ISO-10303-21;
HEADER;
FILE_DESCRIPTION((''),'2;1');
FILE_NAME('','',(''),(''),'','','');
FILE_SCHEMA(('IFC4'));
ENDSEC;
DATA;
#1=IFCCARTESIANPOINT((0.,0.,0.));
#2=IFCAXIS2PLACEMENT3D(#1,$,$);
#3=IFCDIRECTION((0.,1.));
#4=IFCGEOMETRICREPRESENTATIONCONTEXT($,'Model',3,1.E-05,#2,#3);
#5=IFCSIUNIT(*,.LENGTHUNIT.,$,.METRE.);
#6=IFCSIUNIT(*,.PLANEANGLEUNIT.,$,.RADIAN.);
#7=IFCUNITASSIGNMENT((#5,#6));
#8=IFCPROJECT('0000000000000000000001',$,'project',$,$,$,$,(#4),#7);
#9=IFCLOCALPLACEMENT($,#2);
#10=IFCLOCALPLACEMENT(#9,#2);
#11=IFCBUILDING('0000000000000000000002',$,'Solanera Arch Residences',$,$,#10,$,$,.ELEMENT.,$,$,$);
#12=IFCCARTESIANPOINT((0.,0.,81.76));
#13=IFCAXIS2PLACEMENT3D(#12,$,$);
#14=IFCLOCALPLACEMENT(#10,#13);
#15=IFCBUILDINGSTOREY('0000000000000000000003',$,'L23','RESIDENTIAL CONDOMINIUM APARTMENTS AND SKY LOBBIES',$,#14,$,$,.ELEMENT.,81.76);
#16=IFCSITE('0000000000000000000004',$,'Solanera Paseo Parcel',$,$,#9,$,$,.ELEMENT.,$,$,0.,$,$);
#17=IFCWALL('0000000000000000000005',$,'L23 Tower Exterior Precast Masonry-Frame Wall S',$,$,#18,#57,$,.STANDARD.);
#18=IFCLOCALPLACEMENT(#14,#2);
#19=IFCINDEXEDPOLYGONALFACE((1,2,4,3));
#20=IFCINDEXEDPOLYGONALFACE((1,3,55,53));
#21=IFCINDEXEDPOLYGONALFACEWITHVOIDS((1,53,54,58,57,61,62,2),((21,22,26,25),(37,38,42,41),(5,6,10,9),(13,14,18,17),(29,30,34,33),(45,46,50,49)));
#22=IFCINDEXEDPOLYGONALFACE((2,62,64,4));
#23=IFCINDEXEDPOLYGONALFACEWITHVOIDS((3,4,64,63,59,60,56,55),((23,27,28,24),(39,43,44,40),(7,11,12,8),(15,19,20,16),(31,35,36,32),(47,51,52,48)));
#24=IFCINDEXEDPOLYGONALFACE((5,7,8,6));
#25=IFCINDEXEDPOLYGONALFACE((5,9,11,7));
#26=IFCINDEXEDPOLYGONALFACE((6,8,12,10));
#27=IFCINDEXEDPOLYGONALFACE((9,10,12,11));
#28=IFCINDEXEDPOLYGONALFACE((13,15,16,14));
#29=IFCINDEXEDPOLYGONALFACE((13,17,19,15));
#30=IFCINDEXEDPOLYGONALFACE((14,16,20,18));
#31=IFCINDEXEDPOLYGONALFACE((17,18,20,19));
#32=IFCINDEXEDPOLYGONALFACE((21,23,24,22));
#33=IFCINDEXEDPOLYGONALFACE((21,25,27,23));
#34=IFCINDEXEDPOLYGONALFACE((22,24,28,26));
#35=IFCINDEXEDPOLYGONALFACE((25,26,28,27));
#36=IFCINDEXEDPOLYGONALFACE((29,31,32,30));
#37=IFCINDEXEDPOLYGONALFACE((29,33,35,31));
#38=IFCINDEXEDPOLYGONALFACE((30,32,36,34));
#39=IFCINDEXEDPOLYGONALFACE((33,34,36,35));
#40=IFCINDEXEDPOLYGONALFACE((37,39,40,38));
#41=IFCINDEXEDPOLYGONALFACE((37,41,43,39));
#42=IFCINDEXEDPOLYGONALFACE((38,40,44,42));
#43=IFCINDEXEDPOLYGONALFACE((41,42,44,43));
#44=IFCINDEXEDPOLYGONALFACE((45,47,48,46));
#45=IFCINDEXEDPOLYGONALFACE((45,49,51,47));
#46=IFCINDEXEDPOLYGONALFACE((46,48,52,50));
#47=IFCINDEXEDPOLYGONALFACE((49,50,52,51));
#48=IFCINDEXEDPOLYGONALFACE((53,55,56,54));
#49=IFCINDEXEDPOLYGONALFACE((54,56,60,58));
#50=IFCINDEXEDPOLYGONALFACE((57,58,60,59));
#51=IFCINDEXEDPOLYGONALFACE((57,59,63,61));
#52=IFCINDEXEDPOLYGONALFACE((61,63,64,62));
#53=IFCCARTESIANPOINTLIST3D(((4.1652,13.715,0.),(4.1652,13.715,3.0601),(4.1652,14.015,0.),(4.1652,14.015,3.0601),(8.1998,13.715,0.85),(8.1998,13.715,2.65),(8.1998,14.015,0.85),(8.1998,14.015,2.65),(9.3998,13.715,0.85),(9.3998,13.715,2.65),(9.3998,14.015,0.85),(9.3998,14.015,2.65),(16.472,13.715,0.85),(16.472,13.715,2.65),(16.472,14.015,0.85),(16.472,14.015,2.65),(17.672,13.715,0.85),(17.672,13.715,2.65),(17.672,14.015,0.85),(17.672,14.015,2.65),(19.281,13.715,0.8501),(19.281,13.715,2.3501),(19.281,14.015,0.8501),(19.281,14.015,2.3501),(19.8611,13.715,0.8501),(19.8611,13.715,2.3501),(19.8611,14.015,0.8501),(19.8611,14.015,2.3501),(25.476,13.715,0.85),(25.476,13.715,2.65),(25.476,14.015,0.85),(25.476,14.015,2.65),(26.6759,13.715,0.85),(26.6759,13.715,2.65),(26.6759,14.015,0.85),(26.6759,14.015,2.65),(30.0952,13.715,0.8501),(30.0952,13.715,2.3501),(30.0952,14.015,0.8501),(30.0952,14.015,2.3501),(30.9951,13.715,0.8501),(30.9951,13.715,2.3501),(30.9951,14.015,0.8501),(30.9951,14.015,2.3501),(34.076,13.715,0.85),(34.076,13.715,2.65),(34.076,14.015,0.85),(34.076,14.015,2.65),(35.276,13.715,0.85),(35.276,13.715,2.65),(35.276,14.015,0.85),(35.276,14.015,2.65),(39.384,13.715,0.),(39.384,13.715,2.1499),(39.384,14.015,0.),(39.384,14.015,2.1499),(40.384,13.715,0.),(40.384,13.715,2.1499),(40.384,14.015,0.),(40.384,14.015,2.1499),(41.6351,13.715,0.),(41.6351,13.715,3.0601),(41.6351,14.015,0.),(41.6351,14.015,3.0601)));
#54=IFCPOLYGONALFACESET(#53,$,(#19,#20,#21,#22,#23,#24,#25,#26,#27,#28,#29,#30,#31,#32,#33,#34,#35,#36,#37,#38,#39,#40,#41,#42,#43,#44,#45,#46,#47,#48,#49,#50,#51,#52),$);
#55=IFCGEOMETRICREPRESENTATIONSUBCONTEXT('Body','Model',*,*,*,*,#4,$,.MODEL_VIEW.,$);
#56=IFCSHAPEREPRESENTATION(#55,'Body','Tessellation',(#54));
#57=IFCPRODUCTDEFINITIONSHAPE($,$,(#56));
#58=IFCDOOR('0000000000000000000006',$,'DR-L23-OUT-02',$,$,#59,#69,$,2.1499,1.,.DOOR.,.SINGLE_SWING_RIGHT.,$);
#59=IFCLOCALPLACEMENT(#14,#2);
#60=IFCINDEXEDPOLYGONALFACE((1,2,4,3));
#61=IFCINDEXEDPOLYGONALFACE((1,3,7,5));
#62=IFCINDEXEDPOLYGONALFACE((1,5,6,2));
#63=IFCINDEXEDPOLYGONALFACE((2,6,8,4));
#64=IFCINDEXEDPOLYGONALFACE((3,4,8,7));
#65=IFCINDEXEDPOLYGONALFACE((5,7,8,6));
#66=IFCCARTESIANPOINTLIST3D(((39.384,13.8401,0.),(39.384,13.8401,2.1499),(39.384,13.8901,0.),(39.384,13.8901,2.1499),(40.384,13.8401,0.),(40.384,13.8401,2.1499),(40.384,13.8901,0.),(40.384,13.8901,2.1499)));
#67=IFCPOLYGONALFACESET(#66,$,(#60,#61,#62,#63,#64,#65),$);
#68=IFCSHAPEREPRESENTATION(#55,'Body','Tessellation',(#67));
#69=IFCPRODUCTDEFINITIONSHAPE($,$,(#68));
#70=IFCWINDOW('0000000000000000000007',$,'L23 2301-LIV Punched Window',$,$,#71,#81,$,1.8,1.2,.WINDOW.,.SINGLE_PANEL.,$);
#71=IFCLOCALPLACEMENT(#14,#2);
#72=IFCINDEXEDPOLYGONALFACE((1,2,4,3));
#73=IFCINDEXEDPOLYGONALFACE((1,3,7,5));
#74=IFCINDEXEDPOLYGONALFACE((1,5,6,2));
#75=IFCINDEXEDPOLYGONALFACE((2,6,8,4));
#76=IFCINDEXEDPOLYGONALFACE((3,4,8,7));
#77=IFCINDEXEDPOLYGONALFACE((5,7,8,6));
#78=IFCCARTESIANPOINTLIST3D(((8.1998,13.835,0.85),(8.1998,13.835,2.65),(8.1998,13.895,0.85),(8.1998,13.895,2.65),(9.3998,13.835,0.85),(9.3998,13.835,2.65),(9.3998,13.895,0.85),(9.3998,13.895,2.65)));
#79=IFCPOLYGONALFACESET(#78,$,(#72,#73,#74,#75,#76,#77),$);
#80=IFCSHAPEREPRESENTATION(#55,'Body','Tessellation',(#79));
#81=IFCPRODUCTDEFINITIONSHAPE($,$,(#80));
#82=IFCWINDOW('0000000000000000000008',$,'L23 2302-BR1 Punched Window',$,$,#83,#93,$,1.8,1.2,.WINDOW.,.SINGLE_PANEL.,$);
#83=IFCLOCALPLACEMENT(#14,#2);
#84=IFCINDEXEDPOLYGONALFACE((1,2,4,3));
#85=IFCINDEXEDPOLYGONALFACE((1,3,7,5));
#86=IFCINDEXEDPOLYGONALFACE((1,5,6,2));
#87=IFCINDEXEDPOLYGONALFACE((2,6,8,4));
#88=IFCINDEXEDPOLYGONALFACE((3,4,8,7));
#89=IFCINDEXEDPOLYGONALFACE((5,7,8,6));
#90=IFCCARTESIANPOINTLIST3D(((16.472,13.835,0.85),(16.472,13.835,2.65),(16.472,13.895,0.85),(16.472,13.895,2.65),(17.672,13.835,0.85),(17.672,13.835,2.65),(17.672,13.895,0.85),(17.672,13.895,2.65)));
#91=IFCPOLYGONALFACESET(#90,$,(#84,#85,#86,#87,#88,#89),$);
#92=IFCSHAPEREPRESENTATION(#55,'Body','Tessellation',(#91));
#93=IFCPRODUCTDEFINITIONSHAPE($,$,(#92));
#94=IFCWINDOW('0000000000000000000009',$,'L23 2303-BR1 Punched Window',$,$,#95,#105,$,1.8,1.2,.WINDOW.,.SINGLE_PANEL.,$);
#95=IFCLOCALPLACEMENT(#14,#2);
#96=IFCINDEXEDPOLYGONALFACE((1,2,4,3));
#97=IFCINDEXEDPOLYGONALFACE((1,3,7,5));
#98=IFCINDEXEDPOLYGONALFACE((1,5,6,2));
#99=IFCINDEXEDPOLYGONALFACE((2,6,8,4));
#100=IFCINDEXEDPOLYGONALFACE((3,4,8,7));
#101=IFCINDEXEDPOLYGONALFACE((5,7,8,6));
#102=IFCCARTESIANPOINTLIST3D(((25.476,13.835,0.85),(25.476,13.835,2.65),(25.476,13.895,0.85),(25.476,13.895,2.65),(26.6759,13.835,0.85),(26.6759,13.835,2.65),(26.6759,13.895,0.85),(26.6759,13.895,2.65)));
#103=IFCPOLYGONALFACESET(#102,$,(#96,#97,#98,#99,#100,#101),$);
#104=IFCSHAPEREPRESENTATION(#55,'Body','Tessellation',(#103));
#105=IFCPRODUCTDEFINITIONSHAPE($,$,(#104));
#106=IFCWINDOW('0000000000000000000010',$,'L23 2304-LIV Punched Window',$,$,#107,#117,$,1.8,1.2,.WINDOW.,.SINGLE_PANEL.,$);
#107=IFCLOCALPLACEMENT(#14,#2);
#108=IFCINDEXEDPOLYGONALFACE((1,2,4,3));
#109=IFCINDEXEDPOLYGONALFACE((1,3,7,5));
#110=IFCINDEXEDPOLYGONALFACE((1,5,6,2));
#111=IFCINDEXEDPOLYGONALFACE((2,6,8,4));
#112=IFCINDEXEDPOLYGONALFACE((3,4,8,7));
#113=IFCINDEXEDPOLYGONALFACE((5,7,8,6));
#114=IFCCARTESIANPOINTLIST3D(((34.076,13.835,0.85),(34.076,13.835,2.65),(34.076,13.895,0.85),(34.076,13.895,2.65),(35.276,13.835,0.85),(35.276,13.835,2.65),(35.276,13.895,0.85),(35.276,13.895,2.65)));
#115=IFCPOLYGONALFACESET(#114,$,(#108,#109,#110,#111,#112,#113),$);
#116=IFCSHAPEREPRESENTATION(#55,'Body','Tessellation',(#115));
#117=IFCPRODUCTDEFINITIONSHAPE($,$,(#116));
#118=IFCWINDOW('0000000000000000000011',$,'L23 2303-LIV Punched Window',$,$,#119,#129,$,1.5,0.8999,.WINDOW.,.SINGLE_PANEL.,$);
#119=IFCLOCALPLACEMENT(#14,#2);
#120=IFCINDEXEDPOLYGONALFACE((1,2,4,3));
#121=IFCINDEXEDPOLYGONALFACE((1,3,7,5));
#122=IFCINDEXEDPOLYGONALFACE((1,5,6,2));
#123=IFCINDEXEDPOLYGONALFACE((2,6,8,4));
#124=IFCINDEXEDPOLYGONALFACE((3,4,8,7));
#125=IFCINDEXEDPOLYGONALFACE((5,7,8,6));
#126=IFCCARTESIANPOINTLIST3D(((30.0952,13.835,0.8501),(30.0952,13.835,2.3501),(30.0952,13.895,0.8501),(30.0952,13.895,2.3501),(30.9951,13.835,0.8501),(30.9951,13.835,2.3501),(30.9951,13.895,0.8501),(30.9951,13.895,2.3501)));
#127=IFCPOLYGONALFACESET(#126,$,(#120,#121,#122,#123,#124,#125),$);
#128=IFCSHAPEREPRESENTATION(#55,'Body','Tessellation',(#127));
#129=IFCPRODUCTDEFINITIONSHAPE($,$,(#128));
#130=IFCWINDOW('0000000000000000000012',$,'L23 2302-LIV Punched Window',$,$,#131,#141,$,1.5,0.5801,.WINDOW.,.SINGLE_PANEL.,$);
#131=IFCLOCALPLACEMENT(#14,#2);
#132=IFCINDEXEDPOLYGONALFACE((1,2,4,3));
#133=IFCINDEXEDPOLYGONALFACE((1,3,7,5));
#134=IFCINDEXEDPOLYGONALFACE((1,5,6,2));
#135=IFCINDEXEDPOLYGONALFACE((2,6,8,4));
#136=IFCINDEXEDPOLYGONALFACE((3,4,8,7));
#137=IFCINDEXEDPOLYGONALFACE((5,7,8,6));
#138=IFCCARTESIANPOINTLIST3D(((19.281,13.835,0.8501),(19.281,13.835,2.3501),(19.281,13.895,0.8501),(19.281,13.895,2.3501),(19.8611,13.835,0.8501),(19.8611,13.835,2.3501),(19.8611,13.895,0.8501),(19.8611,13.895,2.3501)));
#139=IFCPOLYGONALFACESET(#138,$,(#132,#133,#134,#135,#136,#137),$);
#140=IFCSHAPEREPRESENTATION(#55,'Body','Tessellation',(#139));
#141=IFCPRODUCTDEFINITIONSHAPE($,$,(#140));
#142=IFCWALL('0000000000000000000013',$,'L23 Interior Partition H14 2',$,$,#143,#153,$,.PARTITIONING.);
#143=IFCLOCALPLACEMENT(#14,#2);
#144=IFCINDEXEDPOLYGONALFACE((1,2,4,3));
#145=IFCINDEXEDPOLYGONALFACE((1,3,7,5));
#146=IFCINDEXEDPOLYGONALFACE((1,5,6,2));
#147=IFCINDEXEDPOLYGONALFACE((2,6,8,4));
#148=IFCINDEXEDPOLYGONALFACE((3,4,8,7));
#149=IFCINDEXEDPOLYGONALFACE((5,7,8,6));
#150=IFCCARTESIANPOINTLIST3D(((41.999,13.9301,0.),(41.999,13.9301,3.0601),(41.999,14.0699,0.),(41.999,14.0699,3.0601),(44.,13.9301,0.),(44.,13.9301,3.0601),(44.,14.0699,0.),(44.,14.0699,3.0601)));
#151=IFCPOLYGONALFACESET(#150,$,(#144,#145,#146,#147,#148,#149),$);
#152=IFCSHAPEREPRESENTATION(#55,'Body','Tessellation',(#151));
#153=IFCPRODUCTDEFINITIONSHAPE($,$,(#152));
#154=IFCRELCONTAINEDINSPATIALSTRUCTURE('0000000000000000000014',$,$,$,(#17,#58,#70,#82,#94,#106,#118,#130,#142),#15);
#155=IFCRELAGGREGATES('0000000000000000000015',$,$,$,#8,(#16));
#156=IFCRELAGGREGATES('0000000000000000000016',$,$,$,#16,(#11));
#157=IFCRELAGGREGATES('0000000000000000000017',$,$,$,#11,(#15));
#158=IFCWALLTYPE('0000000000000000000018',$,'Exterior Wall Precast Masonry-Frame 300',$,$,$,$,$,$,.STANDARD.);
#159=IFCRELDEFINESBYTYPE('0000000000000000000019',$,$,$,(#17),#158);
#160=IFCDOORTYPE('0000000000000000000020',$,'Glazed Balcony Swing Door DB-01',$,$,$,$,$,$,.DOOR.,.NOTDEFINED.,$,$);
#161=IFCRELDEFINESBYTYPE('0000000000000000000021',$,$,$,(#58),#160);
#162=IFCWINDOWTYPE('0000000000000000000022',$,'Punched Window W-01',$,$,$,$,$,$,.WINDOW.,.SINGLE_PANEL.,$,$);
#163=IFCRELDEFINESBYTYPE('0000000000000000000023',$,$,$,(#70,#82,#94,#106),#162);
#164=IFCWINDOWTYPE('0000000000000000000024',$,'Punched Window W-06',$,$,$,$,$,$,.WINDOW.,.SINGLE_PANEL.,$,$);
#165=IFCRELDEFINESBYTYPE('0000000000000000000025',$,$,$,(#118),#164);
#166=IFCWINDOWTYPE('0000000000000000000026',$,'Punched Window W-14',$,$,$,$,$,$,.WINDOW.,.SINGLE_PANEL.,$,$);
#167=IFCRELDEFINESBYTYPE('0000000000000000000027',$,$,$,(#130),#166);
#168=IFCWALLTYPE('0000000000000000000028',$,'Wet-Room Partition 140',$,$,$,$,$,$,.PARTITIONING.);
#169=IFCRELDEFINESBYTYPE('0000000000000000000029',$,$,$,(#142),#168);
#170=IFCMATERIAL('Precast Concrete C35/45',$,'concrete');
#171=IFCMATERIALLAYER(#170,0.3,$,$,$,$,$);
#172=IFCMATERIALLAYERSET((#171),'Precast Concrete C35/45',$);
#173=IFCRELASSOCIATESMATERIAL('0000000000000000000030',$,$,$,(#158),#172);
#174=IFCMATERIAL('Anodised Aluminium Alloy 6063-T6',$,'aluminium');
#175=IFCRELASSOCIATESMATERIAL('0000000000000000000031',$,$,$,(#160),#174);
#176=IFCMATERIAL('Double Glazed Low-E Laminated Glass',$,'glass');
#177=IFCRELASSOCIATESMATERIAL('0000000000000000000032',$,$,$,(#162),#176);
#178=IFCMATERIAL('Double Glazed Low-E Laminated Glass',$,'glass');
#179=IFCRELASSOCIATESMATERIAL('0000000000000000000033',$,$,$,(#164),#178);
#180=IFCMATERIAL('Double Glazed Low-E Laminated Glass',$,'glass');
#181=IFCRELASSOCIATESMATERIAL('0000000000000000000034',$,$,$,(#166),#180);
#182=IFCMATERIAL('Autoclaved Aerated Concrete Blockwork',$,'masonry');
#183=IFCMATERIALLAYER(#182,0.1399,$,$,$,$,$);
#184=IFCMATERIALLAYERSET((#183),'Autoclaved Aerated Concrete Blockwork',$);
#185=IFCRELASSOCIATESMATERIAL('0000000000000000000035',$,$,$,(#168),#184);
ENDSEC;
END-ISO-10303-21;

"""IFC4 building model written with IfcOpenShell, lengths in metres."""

from ifc_helpers import new_model, si_unit, direction, frame, frame_2d, origin, place, context, subcontext, project, spatial, rectangle, extrude, material, layer, layer_set, type_object, element, fill, save


model = new_model("IFC4")

# Units and contexts
model_context = context("Model", 3, precision=1e-05, world=origin(), true_north=direction((0.0, 1.0)))
body_context = subcontext(model_context, "Body", "Model", "MODEL_VIEW")
ifc_project = project(units=[si_unit("LENGTHUNIT", "METRE"), si_unit("PLANEANGLEUNIT", "RADIAN")], contexts=[model_context])

# Site, building, storey
site_placement = place(None, origin())
site = spatial("IfcSite", under=ifc_project, at=site_placement, Name="Solanera Paseo Parcel", CompositionType="ELEMENT", RefElevation=0.0)
building_placement = place(site_placement, origin())
building = spatial("IfcBuilding", under=site, at=building_placement, Name="Solanera Arch Residences", CompositionType="ELEMENT")
storey_placement = place(building_placement, frame((0.0, 0.0, 81.76)))
storey = spatial("IfcBuildingStorey", under=building, at=storey_placement, Name="L23", Description="RESIDENTIAL CONDOMINIUM APARTMENTS AND SKY LOBBIES", CompositionType="ELEMENT", Elevation=81.76)

# Shared definitions
ifc_material_1 = material(Name="Precast Concrete C35/45", Category="concrete")
ifc_layer_1 = layer(ifc_material_1, 0.3)
ifc_layer_set_1 = layer_set([ifc_layer_1], Name="Precast Concrete C35/45")
wall_type_1 = type_object("IfcWallType", Name="Exterior Wall Precast Masonry-Frame 300", PredefinedType="STANDARD", material=ifc_layer_set_1)

# Wall, openings, door, windows
wall_1_placement = place(storey_placement, frame((41.635, 13.865, 0.0), z_axis=(0.0, 0.0, 1.0), x_axis=(-1.0, 0.0, 0.0)))
wall_1 = element("IfcWall", 1, at=wall_1_placement, inside=storey, type_object=wall_type_1, Name="L23 Tower Exterior Precast Masonry-Frame Wall S", PredefinedType="STANDARD", context=body_context, shape_type="SweptSolid", body=[
    extrude(rectangle(XDim=37.47, YDim=0.3, at=frame_2d((18.7349, 0.0))), origin(), (0.0, 0.0, 1.0), 3.0601),
])
opening_1_placement = place(wall_1_placement, frame((1.251, 0.0, 0.0)))
opening_1 = element("IfcOpeningElement", 2, at=opening_1_placement, cuts=wall_1, PredefinedType="OPENING", context=body_context, shape_type="SweptSolid", body=[
    extrude(rectangle(XDim=1.0, YDim=2.1499, at=frame_2d((0.5, 1.075))), frame((0.0, 0.1599, 0.0), z_axis=(0.0, -1.0, 0.0), x_axis=(1.0, 0.0, 0.0)), (0.0, 0.0, 1.0), 0.32),
])
opening_2_placement = place(wall_1_placement, frame((32.2351, 0.0, 0.8501)))
opening_2 = element("IfcOpeningElement", 3, at=opening_2_placement, cuts=wall_1, PredefinedType="OPENING", context=body_context, shape_type="SweptSolid", body=[
    extrude(rectangle(XDim=1.2, YDim=1.8, at=frame_2d((0.6001, 0.8999))), frame((0.0, 0.1599, 0.0), z_axis=(0.0, -1.0, 0.0), x_axis=(1.0, 0.0, 0.0)), (0.0, 0.0, 1.0), 0.32),
])
opening_3_placement = place(wall_1_placement, frame((21.7739, 0.0, 0.8501)))
opening_3 = element("IfcOpeningElement", 4, at=opening_3_placement, cuts=wall_1, PredefinedType="OPENING", context=body_context, shape_type="SweptSolid", body=[
    extrude(rectangle(XDim=0.5801, YDim=1.5, at=frame_2d((0.29, 0.75))), frame((0.0, 0.1599, 0.0), z_axis=(0.0, -1.0, 0.0), x_axis=(1.0, 0.0, 0.0)), (0.0, 0.0, 1.0), 0.32),
])
opening_4_placement = place(wall_1_placement, frame((23.9629, 0.0, 0.8501)))
opening_4 = element("IfcOpeningElement", 5, at=opening_4_placement, cuts=wall_1, PredefinedType="OPENING", context=body_context, shape_type="SweptSolid", body=[
    extrude(rectangle(XDim=1.2, YDim=1.8, at=frame_2d((0.6001, 0.8999))), frame((0.0, 0.1599, 0.0), z_axis=(0.0, -1.0, 0.0), x_axis=(1.0, 0.0, 0.0)), (0.0, 0.0, 1.0), 0.32),
])
opening_5_placement = place(wall_1_placement, frame((10.6399, 0.0, 0.8501)))
opening_5 = element("IfcOpeningElement", 6, at=opening_5_placement, cuts=wall_1, PredefinedType="OPENING", context=body_context, shape_type="SweptSolid", body=[
    extrude(rectangle(XDim=0.8999, YDim=1.5, at=frame_2d((0.45, 0.75))), frame((0.0, 0.1599, 0.0), z_axis=(0.0, -1.0, 0.0), x_axis=(1.0, 0.0, 0.0)), (0.0, 0.0, 1.0), 0.32),
])
opening_6_placement = place(wall_1_placement, frame((14.959, 0.0, 0.8501)))
opening_6 = element("IfcOpeningElement", 7, at=opening_6_placement, cuts=wall_1, PredefinedType="OPENING", context=body_context, shape_type="SweptSolid", body=[
    extrude(rectangle(XDim=1.2, YDim=1.8, at=frame_2d((0.6001, 0.8999))), frame((0.0, 0.1599, 0.0), z_axis=(0.0, -1.0, 0.0), x_axis=(1.0, 0.0, 0.0)), (0.0, 0.0, 1.0), 0.32),
])
opening_7_placement = place(wall_1_placement, frame((6.3589, 0.0, 0.8501)))
opening_7 = element("IfcOpeningElement", 8, at=opening_7_placement, cuts=wall_1, PredefinedType="OPENING", context=body_context, shape_type="SweptSolid", body=[
    extrude(rectangle(XDim=1.2, YDim=1.8, at=frame_2d((0.6001, 0.8999))), frame((0.0, 0.1599, 0.0), z_axis=(0.0, -1.0, 0.0), x_axis=(1.0, 0.0, 0.0)), (0.0, 0.0, 1.0), 0.32),
])
ifc_material_2 = material(Name="Anodised Aluminium Alloy 6063-T6", Category="aluminium")
door_type_1 = type_object("IfcDoorType", Name="Glazed Balcony Swing Door DB-01", OperationType="NOTDEFINED", PredefinedType="DOOR", material=ifc_material_2)
door_1_placement = place(opening_1_placement, origin())
door_1 = element("IfcDoor", 9, at=door_1_placement, inside=storey, type_object=door_type_1, Name="DR-L23-OUT-02", OperationType="SINGLE_SWING_RIGHT", OverallHeight=2.1499, OverallWidth=1.0, PredefinedType="DOOR", context=body_context, shape_type="SweptSolid", body=[
    extrude(rectangle(XDim=1.0, YDim=2.1499, at=frame_2d((0.5, 1.075))), frame((0.0, 0.0249, 0.0), z_axis=(0.0, -1.0, 0.0), x_axis=(1.0, 0.0, 0.0)), (0.0, 0.0, 1.0), 0.05),
])
fill(opening_1, door_1)
ifc_material_3 = material(Name="Double Glazed Low-E Laminated Glass", Category="glass")
window_type_1 = type_object("IfcWindowType", Name="Punched Window W-01", PartitioningType="SINGLE_PANEL", PredefinedType="WINDOW", material=ifc_material_3)
window_1_placement = place(opening_2_placement, origin())
window_1 = element("IfcWindow", 10, at=window_1_placement, inside=storey, type_object=window_type_1, Name="L23 2301-LIV Punched Window", OverallHeight=1.8, OverallWidth=1.2, PartitioningType="SINGLE_PANEL", PredefinedType="WINDOW", context=body_context, shape_type="SweptSolid", body=[
    extrude(rectangle(XDim=1.2, YDim=1.8, at=frame_2d((0.6001, 0.8999))), frame((0.0, 0.03, 0.0), z_axis=(0.0, -1.0, 0.0), x_axis=(1.0, 0.0, 0.0)), (0.0, 0.0, 1.0), 0.0601),
])
fill(opening_2, window_1)
window_2_placement = place(opening_4_placement, origin())
window_2 = element("IfcWindow", 11, at=window_2_placement, inside=storey, type_object=window_type_1, Name="L23 2302-BR1 Punched Window", OverallHeight=1.8, OverallWidth=1.2, PartitioningType="SINGLE_PANEL", PredefinedType="WINDOW", context=body_context, shape_type="SweptSolid", body=[
    extrude(rectangle(XDim=1.2, YDim=1.8, at=frame_2d((0.6001, 0.8999))), frame((0.0, 0.03, 0.0), z_axis=(0.0, -1.0, 0.0), x_axis=(1.0, 0.0, 0.0)), (0.0, 0.0, 1.0), 0.0601),
])
fill(opening_4, window_2)
window_3_placement = place(opening_6_placement, origin())
window_3 = element("IfcWindow", 12, at=window_3_placement, inside=storey, type_object=window_type_1, Name="L23 2303-BR1 Punched Window", OverallHeight=1.8, OverallWidth=1.2, PartitioningType="SINGLE_PANEL", PredefinedType="WINDOW", context=body_context, shape_type="SweptSolid", body=[
    extrude(rectangle(XDim=1.2, YDim=1.8, at=frame_2d((0.6001, 0.8999))), frame((0.0, 0.03, 0.0), z_axis=(0.0, -1.0, 0.0), x_axis=(1.0, 0.0, 0.0)), (0.0, 0.0, 1.0), 0.0601),
])
fill(opening_6, window_3)
window_4_placement = place(opening_7_placement, origin())
window_4 = element("IfcWindow", 13, at=window_4_placement, inside=storey, type_object=window_type_1, Name="L23 2304-LIV Punched Window", OverallHeight=1.8, OverallWidth=1.2, PartitioningType="SINGLE_PANEL", PredefinedType="WINDOW", context=body_context, shape_type="SweptSolid", body=[
    extrude(rectangle(XDim=1.2, YDim=1.8, at=frame_2d((0.6001, 0.8999))), frame((0.0, 0.03, 0.0), z_axis=(0.0, -1.0, 0.0), x_axis=(1.0, 0.0, 0.0)), (0.0, 0.0, 1.0), 0.0601),
])
fill(opening_7, window_4)
ifc_material_4 = material(Name="Double Glazed Low-E Laminated Glass", Category="glass")
window_type_2 = type_object("IfcWindowType", Name="Punched Window W-06", PartitioningType="SINGLE_PANEL", PredefinedType="WINDOW", material=ifc_material_4)
window_5_placement = place(opening_5_placement, origin())
window_5 = element("IfcWindow", 14, at=window_5_placement, inside=storey, type_object=window_type_2, Name="L23 2303-LIV Punched Window", OverallHeight=1.5, OverallWidth=0.8999, PartitioningType="SINGLE_PANEL", PredefinedType="WINDOW", context=body_context, shape_type="SweptSolid", body=[
    extrude(rectangle(XDim=0.8999, YDim=1.5, at=frame_2d((0.45, 0.75))), frame((0.0, 0.03, 0.0), z_axis=(0.0, -1.0, 0.0), x_axis=(1.0, 0.0, 0.0)), (0.0, 0.0, 1.0), 0.0601),
])
fill(opening_5, window_5)
ifc_material_5 = material(Name="Double Glazed Low-E Laminated Glass", Category="glass")
window_type_3 = type_object("IfcWindowType", Name="Punched Window W-14", PartitioningType="SINGLE_PANEL", PredefinedType="WINDOW", material=ifc_material_5)
window_6_placement = place(opening_3_placement, origin())
window_6 = element("IfcWindow", 15, at=window_6_placement, inside=storey, type_object=window_type_3, Name="L23 2302-LIV Punched Window", OverallHeight=1.5, OverallWidth=0.5801, PartitioningType="SINGLE_PANEL", PredefinedType="WINDOW", context=body_context, shape_type="SweptSolid", body=[
    extrude(rectangle(XDim=0.5801, YDim=1.5, at=frame_2d((0.29, 0.75))), frame((0.0, 0.03, 0.0), z_axis=(0.0, -1.0, 0.0), x_axis=(1.0, 0.0, 0.0)), (0.0, 0.0, 1.0), 0.0601),
])
fill(opening_3, window_6)

# Wall
ifc_material_6 = material(Name="Autoclaved Aerated Concrete Blockwork", Category="masonry")
ifc_layer_2 = layer(ifc_material_6, 0.1399)
ifc_layer_set_2 = layer_set([ifc_layer_2], Name="Autoclaved Aerated Concrete Blockwork")
wall_type_2 = type_object("IfcWallType", Name="Wet-Room Partition 140", PredefinedType="PARTITIONING", material=ifc_layer_set_2)
wall_2_placement = place(storey_placement, frame((41.999, 14.0, 0.0), z_axis=(0.0, 0.0, 1.0), x_axis=(1.0, 0.0, 0.0)))
element("IfcWall", 16, at=wall_2_placement, inside=storey, type_object=wall_type_2, Name="L23 Interior Partition H14 2", PredefinedType="PARTITIONING", context=body_context, shape_type="SweptSolid", body=[
    extrude(rectangle(XDim=2.001, YDim=0.1399, at=frame_2d((1.0005, 0.0))), origin(), (0.0, 0.0, 1.0), 3.0601),
])

save(model, "model.ifc")
